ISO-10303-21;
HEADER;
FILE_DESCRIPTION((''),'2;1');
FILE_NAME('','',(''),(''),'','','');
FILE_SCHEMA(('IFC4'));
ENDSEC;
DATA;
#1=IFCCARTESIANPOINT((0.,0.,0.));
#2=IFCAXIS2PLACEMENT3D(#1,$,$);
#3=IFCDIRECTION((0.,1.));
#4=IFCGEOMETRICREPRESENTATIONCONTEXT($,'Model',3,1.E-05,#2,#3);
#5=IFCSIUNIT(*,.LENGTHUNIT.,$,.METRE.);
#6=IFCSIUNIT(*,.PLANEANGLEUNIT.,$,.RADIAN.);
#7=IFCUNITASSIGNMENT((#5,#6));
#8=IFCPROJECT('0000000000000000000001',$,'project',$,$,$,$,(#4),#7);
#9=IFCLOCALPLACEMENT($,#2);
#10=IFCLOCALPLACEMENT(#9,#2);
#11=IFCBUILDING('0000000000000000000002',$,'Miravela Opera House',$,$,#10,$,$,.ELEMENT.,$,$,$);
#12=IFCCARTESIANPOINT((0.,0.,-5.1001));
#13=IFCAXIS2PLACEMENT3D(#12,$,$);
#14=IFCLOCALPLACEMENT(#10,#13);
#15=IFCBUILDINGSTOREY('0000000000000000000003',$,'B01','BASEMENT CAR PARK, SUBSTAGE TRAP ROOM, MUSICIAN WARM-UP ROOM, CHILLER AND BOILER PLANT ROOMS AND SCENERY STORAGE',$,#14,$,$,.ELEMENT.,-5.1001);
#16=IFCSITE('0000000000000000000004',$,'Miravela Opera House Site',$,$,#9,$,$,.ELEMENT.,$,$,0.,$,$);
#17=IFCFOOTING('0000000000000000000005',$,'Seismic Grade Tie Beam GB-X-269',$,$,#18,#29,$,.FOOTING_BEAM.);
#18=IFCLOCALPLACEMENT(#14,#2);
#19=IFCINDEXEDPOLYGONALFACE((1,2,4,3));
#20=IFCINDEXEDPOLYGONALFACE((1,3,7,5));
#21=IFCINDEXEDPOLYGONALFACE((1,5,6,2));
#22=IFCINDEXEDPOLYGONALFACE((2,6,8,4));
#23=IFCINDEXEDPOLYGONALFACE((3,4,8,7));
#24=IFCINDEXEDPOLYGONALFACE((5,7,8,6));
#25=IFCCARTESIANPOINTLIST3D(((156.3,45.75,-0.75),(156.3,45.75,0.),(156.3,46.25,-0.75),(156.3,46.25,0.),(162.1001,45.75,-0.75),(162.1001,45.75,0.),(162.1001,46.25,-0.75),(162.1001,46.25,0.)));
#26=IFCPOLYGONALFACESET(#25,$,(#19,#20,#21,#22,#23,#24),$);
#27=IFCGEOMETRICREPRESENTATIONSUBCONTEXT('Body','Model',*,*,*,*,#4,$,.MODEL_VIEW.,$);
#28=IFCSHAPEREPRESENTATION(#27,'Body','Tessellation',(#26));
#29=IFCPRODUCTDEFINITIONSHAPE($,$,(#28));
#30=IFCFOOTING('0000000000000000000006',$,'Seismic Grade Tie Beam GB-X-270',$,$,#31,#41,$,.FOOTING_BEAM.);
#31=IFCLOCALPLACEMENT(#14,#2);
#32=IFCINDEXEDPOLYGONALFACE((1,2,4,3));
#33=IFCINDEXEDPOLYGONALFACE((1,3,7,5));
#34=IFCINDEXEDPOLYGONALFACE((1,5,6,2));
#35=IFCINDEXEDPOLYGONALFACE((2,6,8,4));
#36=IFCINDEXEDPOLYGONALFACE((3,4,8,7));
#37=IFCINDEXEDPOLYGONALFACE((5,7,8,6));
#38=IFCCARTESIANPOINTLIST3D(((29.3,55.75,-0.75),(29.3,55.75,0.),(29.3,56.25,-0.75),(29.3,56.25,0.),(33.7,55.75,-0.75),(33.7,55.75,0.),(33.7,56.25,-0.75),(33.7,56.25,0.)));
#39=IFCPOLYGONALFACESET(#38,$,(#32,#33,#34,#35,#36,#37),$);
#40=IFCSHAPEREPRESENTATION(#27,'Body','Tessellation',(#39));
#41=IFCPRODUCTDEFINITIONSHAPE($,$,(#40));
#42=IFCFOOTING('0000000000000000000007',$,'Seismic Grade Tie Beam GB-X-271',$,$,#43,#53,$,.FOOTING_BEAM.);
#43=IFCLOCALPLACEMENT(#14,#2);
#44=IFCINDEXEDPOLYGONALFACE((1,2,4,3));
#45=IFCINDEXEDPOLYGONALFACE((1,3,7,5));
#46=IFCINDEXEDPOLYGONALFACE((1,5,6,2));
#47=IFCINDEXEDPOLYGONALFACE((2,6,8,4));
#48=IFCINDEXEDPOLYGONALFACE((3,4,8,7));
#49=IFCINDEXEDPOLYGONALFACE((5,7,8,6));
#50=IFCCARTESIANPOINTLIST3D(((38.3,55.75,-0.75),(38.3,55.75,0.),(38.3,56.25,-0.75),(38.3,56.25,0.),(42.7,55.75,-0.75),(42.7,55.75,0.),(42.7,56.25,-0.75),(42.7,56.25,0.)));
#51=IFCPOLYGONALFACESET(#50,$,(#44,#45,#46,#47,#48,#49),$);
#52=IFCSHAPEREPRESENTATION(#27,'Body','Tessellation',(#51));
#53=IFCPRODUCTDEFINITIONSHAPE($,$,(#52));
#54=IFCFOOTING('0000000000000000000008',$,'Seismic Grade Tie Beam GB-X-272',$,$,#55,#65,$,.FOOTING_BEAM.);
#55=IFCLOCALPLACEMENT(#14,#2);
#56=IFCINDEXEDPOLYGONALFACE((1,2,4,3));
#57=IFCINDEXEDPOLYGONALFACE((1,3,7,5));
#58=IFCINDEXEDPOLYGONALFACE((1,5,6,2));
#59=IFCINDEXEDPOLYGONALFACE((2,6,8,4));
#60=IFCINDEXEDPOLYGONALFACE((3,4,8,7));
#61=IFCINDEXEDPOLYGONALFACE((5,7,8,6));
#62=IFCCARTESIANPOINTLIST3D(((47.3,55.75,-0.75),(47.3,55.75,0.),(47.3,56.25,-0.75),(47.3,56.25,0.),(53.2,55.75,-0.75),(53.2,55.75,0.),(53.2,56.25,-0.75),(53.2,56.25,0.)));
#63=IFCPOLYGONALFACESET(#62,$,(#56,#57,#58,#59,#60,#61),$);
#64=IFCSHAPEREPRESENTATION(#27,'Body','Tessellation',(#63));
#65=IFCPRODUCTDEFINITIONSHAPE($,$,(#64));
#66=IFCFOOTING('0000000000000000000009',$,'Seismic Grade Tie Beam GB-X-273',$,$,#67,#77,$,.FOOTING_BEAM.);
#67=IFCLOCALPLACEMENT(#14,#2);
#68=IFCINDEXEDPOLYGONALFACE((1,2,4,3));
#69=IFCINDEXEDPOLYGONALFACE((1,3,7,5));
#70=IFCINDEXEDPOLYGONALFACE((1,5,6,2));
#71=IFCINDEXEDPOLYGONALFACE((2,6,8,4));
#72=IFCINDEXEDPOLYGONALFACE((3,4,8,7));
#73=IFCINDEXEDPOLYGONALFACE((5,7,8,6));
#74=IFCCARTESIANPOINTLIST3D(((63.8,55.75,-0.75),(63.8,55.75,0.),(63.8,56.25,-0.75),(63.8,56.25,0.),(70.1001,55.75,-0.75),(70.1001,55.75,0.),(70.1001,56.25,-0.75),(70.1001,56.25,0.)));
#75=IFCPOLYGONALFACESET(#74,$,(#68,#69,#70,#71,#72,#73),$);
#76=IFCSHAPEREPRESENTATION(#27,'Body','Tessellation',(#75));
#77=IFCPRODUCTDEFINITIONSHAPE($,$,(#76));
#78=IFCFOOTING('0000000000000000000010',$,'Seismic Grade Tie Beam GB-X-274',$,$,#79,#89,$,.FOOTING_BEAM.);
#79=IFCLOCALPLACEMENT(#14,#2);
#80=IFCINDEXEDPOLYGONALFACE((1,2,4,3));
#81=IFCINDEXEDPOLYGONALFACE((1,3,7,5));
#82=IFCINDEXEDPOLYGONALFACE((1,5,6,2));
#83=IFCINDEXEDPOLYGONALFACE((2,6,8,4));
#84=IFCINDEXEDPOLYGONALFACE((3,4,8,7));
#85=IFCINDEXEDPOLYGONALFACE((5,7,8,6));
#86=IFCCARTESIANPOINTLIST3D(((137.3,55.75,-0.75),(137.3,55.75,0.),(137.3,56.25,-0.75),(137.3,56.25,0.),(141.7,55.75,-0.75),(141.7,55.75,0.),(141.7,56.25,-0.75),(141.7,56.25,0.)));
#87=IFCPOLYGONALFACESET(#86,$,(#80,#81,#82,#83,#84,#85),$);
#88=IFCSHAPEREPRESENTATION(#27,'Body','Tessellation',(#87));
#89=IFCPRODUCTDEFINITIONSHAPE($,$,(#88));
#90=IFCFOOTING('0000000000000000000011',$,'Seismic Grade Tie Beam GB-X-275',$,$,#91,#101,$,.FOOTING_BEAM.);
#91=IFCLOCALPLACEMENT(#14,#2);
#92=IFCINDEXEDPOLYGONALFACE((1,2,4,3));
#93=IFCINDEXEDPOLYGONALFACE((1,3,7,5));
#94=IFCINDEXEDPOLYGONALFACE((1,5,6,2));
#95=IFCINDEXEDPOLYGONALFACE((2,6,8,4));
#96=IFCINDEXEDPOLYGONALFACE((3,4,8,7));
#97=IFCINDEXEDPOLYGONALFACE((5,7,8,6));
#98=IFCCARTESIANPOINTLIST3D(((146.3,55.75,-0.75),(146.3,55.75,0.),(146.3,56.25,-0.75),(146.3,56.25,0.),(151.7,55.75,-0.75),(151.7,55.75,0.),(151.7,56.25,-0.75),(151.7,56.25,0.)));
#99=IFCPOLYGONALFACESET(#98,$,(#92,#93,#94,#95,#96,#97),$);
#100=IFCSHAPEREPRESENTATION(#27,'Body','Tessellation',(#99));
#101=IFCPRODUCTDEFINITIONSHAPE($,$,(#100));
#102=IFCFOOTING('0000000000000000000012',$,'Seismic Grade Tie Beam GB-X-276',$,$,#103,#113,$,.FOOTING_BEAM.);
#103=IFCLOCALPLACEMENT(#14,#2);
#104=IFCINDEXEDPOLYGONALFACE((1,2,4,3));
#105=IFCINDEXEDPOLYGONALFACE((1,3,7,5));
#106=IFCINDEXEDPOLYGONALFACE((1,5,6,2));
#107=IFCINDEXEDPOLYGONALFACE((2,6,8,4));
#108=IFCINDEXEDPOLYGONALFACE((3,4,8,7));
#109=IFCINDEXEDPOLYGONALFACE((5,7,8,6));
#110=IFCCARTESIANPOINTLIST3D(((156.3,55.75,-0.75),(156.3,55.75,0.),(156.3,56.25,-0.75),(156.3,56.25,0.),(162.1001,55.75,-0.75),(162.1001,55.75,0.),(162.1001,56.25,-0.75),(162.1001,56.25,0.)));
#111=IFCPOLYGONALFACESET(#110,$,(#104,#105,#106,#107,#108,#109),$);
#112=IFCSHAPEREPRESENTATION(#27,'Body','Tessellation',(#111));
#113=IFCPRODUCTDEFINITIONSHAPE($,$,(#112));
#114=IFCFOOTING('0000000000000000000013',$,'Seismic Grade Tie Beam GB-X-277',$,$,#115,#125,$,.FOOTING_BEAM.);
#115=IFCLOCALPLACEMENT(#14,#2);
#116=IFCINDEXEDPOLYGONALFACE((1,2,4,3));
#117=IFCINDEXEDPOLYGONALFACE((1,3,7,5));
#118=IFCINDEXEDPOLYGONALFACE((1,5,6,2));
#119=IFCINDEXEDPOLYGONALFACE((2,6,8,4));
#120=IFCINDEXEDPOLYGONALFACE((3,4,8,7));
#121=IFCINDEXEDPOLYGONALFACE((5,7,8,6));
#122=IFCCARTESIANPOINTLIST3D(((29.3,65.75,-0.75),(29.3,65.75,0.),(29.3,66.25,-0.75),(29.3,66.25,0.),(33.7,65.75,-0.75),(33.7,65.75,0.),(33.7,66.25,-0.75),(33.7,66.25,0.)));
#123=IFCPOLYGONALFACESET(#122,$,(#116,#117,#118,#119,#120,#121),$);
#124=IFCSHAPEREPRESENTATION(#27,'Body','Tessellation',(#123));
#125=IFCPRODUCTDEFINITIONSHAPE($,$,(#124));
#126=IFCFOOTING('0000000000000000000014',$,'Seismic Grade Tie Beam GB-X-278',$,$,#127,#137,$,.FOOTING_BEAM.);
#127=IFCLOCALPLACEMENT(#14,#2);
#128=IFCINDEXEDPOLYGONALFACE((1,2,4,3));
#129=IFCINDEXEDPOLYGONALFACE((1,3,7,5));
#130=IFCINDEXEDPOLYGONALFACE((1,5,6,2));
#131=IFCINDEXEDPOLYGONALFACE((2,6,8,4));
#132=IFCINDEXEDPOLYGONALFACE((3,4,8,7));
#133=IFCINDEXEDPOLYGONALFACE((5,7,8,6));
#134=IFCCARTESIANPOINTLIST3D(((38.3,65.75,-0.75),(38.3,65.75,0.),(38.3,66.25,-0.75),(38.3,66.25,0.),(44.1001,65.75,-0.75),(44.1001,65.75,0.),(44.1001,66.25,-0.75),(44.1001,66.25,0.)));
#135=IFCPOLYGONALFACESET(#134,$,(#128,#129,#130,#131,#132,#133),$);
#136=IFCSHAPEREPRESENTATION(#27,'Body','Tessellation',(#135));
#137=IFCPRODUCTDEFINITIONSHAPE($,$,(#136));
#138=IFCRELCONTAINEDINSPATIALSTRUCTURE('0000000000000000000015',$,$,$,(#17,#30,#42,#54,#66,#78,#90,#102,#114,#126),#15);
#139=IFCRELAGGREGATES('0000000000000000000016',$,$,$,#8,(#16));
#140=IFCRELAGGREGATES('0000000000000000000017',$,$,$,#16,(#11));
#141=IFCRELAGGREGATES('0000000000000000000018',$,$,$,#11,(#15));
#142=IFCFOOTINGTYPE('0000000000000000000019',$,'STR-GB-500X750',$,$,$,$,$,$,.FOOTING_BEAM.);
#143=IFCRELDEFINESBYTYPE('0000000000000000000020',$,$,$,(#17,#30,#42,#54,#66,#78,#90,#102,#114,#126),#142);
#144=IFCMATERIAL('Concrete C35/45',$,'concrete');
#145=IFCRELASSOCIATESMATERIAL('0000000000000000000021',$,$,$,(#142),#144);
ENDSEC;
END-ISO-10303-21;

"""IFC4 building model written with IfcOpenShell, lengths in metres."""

from ifc_helpers import new_model, si_unit, direction, frame, origin, place, context, subcontext, project, spatial, polyline, outline, extrude, material, type_object, element, save


model = new_model("IFC4")

# Units and contexts
model_context = context("Model", 3, precision=1e-05, world=origin(), true_north=direction((0.0, 1.0)))
body_context = subcontext(model_context, "Body", "Model", "MODEL_VIEW")
ifc_project = project(units=[si_unit("LENGTHUNIT", "METRE"), si_unit("PLANEANGLEUNIT", "RADIAN")], contexts=[model_context])

# Site, building, storey
site_placement = place(None, origin())
site = spatial("IfcSite", under=ifc_project, at=site_placement, Name="Miravela Opera House Site", CompositionType="ELEMENT", RefElevation=0.0)
building_placement = place(site_placement, origin())
building = spatial("IfcBuilding", under=site, at=building_placement, Name="Miravela Opera House", CompositionType="ELEMENT")
storey_placement = place(building_placement, frame((0.0, 0.0, -5.1001)))
storey = spatial("IfcBuildingStorey", under=building, at=storey_placement, Name="B01", Description="BASEMENT CAR PARK, SUBSTAGE TRAP ROOM, MUSICIAN WARM-UP ROOM, CHILLER AND BOILER PLANT ROOMS AND SCENERY STORAGE", CompositionType="ELEMENT", Elevation=-5.1001)

# Footings
ifc_material = material(Name="Concrete C35/45", Category="concrete")
footing_type = type_object("IfcFootingType", Name="STR-GB-500X750", PredefinedType="FOOTING_BEAM", material=ifc_material)
footing_1_placement = place(storey_placement, frame((0.0, 0.0, -0.75)))
element("IfcFooting", 1, at=footing_1_placement, inside=storey, type_object=footing_type, Name="Seismic Grade Tie Beam GB-X-269", PredefinedType="FOOTING_BEAM", context=body_context, shape_type="SweptSolid", body=[
    extrude(outline(polyline([(156.3, 45.75), (162.1001, 45.75), (162.1001, 46.25), (156.3, 46.25), (156.3, 45.75)])), origin(), (0.0, 0.0, 1.0), 0.75),
])
footing_2_placement = place(storey_placement, frame((0.0, 0.0, -0.75)))
element("IfcFooting", 2, at=footing_2_placement, inside=storey, type_object=footing_type, Name="Seismic Grade Tie Beam GB-X-270", PredefinedType="FOOTING_BEAM", context=body_context, shape_type="SweptSolid", body=[
    extrude(outline(polyline([(29.3, 55.75), (33.7, 55.75), (33.7, 56.25), (29.3, 56.25), (29.3, 55.75)])), origin(), (0.0, 0.0, 1.0), 0.75),
])
footing_3_placement = place(storey_placement, frame((0.0, 0.0, -0.75)))
element("IfcFooting", 3, at=footing_3_placement, inside=storey, type_object=footing_type, Name="Seismic Grade Tie Beam GB-X-271", PredefinedType="FOOTING_BEAM", context=body_context, shape_type="SweptSolid", body=[
    extrude(outline(polyline([(38.3, 55.75), (42.7, 55.75), (42.7, 56.25), (38.3, 56.25), (38.3, 55.75)])), origin(), (0.0, 0.0, 1.0), 0.75),
])
footing_4_placement = place(storey_placement, frame((0.0, 0.0, -0.75)))
element("IfcFooting", 4, at=footing_4_placement, inside=storey, type_object=footing_type, Name="Seismic Grade Tie Beam GB-X-272", PredefinedType="FOOTING_BEAM", context=body_context, shape_type="SweptSolid", body=[
    extrude(outline(polyline([(47.3, 55.75), (53.2, 55.75), (53.2, 56.25), (47.3, 56.25), (47.3, 55.75)])), origin(), (0.0, 0.0, 1.0), 0.75),
])
footing_5_placement = place(storey_placement, frame((0.0, 0.0, -0.75)))
element("IfcFooting", 5, at=footing_5_placement, inside=storey, type_object=footing_type, Name="Seismic Grade Tie Beam GB-X-273", PredefinedType="FOOTING_BEAM", context=body_context, shape_type="SweptSolid", body=[
    extrude(outline(polyline([(63.8, 55.75), (70.1001, 55.75), (70.1001, 56.25), (63.8, 56.25), (63.8, 55.75)])), origin(), (0.0, 0.0, 1.0), 0.75),
])
footing_6_placement = place(storey_placement, frame((0.0, 0.0, -0.75)))
element("IfcFooting", 6, at=footing_6_placement, inside=storey, type_object=footing_type, Name="Seismic Grade Tie Beam GB-X-274", PredefinedType="FOOTING_BEAM", context=body_context, shape_type="SweptSolid", body=[
    extrude(outline(polyline([(137.3, 55.75), (141.7, 55.75), (141.7, 56.25), (137.3, 56.25), (137.3, 55.75)])), origin(), (0.0, 0.0, 1.0), 0.75),
])
footing_7_placement = place(storey_placement, frame((0.0, 0.0, -0.75)))
element("IfcFooting", 7, at=footing_7_placement, inside=storey, type_object=footing_type, Name="Seismic Grade Tie Beam GB-X-275", PredefinedType="FOOTING_BEAM", context=body_context, shape_type="SweptSolid", body=[
    extrude(outline(polyline([(146.3, 55.75), (151.7, 55.75), (151.7, 56.25), (146.3, 56.25), (146.3, 55.75)])), origin(), (0.0, 0.0, 1.0), 0.75),
])
footing_8_placement = place(storey_placement, frame((0.0, 0.0, -0.75)))
element("IfcFooting", 8, at=footing_8_placement, inside=storey, type_object=footing_type, Name="Seismic Grade Tie Beam GB-X-276", PredefinedType="FOOTING_BEAM", context=body_context, shape_type="SweptSolid", body=[
    extrude(outline(polyline([(156.3, 55.75), (162.1001, 55.75), (162.1001, 56.25), (156.3, 56.25), (156.3, 55.75)])), origin(), (0.0, 0.0, 1.0), 0.75),
])
footing_9_placement = place(storey_placement, frame((0.0, 0.0, -0.75)))
element("IfcFooting", 9, at=footing_9_placement, inside=storey, type_object=footing_type, Name="Seismic Grade Tie Beam GB-X-277", PredefinedType="FOOTING_BEAM", context=body_context, shape_type="SweptSolid", body=[
    extrude(outline(polyline([(29.3, 65.75), (33.7, 65.75), (33.7, 66.25), (29.3, 66.25), (29.3, 65.75)])), origin(), (0.0, 0.0, 1.0), 0.75),
])
footing_10_placement = place(storey_placement, frame((0.0, 0.0, -0.75)))
element("IfcFooting", 10, at=footing_10_placement, inside=storey, type_object=footing_type, Name="Seismic Grade Tie Beam GB-X-278", PredefinedType="FOOTING_BEAM", context=body_context, shape_type="SweptSolid", body=[
    extrude(outline(polyline([(38.3, 65.75), (44.1001, 65.75), (44.1001, 66.25), (38.3, 66.25), (38.3, 65.75)])), origin(), (0.0, 0.0, 1.0), 0.75),
])

save(model, "model.ifc")
